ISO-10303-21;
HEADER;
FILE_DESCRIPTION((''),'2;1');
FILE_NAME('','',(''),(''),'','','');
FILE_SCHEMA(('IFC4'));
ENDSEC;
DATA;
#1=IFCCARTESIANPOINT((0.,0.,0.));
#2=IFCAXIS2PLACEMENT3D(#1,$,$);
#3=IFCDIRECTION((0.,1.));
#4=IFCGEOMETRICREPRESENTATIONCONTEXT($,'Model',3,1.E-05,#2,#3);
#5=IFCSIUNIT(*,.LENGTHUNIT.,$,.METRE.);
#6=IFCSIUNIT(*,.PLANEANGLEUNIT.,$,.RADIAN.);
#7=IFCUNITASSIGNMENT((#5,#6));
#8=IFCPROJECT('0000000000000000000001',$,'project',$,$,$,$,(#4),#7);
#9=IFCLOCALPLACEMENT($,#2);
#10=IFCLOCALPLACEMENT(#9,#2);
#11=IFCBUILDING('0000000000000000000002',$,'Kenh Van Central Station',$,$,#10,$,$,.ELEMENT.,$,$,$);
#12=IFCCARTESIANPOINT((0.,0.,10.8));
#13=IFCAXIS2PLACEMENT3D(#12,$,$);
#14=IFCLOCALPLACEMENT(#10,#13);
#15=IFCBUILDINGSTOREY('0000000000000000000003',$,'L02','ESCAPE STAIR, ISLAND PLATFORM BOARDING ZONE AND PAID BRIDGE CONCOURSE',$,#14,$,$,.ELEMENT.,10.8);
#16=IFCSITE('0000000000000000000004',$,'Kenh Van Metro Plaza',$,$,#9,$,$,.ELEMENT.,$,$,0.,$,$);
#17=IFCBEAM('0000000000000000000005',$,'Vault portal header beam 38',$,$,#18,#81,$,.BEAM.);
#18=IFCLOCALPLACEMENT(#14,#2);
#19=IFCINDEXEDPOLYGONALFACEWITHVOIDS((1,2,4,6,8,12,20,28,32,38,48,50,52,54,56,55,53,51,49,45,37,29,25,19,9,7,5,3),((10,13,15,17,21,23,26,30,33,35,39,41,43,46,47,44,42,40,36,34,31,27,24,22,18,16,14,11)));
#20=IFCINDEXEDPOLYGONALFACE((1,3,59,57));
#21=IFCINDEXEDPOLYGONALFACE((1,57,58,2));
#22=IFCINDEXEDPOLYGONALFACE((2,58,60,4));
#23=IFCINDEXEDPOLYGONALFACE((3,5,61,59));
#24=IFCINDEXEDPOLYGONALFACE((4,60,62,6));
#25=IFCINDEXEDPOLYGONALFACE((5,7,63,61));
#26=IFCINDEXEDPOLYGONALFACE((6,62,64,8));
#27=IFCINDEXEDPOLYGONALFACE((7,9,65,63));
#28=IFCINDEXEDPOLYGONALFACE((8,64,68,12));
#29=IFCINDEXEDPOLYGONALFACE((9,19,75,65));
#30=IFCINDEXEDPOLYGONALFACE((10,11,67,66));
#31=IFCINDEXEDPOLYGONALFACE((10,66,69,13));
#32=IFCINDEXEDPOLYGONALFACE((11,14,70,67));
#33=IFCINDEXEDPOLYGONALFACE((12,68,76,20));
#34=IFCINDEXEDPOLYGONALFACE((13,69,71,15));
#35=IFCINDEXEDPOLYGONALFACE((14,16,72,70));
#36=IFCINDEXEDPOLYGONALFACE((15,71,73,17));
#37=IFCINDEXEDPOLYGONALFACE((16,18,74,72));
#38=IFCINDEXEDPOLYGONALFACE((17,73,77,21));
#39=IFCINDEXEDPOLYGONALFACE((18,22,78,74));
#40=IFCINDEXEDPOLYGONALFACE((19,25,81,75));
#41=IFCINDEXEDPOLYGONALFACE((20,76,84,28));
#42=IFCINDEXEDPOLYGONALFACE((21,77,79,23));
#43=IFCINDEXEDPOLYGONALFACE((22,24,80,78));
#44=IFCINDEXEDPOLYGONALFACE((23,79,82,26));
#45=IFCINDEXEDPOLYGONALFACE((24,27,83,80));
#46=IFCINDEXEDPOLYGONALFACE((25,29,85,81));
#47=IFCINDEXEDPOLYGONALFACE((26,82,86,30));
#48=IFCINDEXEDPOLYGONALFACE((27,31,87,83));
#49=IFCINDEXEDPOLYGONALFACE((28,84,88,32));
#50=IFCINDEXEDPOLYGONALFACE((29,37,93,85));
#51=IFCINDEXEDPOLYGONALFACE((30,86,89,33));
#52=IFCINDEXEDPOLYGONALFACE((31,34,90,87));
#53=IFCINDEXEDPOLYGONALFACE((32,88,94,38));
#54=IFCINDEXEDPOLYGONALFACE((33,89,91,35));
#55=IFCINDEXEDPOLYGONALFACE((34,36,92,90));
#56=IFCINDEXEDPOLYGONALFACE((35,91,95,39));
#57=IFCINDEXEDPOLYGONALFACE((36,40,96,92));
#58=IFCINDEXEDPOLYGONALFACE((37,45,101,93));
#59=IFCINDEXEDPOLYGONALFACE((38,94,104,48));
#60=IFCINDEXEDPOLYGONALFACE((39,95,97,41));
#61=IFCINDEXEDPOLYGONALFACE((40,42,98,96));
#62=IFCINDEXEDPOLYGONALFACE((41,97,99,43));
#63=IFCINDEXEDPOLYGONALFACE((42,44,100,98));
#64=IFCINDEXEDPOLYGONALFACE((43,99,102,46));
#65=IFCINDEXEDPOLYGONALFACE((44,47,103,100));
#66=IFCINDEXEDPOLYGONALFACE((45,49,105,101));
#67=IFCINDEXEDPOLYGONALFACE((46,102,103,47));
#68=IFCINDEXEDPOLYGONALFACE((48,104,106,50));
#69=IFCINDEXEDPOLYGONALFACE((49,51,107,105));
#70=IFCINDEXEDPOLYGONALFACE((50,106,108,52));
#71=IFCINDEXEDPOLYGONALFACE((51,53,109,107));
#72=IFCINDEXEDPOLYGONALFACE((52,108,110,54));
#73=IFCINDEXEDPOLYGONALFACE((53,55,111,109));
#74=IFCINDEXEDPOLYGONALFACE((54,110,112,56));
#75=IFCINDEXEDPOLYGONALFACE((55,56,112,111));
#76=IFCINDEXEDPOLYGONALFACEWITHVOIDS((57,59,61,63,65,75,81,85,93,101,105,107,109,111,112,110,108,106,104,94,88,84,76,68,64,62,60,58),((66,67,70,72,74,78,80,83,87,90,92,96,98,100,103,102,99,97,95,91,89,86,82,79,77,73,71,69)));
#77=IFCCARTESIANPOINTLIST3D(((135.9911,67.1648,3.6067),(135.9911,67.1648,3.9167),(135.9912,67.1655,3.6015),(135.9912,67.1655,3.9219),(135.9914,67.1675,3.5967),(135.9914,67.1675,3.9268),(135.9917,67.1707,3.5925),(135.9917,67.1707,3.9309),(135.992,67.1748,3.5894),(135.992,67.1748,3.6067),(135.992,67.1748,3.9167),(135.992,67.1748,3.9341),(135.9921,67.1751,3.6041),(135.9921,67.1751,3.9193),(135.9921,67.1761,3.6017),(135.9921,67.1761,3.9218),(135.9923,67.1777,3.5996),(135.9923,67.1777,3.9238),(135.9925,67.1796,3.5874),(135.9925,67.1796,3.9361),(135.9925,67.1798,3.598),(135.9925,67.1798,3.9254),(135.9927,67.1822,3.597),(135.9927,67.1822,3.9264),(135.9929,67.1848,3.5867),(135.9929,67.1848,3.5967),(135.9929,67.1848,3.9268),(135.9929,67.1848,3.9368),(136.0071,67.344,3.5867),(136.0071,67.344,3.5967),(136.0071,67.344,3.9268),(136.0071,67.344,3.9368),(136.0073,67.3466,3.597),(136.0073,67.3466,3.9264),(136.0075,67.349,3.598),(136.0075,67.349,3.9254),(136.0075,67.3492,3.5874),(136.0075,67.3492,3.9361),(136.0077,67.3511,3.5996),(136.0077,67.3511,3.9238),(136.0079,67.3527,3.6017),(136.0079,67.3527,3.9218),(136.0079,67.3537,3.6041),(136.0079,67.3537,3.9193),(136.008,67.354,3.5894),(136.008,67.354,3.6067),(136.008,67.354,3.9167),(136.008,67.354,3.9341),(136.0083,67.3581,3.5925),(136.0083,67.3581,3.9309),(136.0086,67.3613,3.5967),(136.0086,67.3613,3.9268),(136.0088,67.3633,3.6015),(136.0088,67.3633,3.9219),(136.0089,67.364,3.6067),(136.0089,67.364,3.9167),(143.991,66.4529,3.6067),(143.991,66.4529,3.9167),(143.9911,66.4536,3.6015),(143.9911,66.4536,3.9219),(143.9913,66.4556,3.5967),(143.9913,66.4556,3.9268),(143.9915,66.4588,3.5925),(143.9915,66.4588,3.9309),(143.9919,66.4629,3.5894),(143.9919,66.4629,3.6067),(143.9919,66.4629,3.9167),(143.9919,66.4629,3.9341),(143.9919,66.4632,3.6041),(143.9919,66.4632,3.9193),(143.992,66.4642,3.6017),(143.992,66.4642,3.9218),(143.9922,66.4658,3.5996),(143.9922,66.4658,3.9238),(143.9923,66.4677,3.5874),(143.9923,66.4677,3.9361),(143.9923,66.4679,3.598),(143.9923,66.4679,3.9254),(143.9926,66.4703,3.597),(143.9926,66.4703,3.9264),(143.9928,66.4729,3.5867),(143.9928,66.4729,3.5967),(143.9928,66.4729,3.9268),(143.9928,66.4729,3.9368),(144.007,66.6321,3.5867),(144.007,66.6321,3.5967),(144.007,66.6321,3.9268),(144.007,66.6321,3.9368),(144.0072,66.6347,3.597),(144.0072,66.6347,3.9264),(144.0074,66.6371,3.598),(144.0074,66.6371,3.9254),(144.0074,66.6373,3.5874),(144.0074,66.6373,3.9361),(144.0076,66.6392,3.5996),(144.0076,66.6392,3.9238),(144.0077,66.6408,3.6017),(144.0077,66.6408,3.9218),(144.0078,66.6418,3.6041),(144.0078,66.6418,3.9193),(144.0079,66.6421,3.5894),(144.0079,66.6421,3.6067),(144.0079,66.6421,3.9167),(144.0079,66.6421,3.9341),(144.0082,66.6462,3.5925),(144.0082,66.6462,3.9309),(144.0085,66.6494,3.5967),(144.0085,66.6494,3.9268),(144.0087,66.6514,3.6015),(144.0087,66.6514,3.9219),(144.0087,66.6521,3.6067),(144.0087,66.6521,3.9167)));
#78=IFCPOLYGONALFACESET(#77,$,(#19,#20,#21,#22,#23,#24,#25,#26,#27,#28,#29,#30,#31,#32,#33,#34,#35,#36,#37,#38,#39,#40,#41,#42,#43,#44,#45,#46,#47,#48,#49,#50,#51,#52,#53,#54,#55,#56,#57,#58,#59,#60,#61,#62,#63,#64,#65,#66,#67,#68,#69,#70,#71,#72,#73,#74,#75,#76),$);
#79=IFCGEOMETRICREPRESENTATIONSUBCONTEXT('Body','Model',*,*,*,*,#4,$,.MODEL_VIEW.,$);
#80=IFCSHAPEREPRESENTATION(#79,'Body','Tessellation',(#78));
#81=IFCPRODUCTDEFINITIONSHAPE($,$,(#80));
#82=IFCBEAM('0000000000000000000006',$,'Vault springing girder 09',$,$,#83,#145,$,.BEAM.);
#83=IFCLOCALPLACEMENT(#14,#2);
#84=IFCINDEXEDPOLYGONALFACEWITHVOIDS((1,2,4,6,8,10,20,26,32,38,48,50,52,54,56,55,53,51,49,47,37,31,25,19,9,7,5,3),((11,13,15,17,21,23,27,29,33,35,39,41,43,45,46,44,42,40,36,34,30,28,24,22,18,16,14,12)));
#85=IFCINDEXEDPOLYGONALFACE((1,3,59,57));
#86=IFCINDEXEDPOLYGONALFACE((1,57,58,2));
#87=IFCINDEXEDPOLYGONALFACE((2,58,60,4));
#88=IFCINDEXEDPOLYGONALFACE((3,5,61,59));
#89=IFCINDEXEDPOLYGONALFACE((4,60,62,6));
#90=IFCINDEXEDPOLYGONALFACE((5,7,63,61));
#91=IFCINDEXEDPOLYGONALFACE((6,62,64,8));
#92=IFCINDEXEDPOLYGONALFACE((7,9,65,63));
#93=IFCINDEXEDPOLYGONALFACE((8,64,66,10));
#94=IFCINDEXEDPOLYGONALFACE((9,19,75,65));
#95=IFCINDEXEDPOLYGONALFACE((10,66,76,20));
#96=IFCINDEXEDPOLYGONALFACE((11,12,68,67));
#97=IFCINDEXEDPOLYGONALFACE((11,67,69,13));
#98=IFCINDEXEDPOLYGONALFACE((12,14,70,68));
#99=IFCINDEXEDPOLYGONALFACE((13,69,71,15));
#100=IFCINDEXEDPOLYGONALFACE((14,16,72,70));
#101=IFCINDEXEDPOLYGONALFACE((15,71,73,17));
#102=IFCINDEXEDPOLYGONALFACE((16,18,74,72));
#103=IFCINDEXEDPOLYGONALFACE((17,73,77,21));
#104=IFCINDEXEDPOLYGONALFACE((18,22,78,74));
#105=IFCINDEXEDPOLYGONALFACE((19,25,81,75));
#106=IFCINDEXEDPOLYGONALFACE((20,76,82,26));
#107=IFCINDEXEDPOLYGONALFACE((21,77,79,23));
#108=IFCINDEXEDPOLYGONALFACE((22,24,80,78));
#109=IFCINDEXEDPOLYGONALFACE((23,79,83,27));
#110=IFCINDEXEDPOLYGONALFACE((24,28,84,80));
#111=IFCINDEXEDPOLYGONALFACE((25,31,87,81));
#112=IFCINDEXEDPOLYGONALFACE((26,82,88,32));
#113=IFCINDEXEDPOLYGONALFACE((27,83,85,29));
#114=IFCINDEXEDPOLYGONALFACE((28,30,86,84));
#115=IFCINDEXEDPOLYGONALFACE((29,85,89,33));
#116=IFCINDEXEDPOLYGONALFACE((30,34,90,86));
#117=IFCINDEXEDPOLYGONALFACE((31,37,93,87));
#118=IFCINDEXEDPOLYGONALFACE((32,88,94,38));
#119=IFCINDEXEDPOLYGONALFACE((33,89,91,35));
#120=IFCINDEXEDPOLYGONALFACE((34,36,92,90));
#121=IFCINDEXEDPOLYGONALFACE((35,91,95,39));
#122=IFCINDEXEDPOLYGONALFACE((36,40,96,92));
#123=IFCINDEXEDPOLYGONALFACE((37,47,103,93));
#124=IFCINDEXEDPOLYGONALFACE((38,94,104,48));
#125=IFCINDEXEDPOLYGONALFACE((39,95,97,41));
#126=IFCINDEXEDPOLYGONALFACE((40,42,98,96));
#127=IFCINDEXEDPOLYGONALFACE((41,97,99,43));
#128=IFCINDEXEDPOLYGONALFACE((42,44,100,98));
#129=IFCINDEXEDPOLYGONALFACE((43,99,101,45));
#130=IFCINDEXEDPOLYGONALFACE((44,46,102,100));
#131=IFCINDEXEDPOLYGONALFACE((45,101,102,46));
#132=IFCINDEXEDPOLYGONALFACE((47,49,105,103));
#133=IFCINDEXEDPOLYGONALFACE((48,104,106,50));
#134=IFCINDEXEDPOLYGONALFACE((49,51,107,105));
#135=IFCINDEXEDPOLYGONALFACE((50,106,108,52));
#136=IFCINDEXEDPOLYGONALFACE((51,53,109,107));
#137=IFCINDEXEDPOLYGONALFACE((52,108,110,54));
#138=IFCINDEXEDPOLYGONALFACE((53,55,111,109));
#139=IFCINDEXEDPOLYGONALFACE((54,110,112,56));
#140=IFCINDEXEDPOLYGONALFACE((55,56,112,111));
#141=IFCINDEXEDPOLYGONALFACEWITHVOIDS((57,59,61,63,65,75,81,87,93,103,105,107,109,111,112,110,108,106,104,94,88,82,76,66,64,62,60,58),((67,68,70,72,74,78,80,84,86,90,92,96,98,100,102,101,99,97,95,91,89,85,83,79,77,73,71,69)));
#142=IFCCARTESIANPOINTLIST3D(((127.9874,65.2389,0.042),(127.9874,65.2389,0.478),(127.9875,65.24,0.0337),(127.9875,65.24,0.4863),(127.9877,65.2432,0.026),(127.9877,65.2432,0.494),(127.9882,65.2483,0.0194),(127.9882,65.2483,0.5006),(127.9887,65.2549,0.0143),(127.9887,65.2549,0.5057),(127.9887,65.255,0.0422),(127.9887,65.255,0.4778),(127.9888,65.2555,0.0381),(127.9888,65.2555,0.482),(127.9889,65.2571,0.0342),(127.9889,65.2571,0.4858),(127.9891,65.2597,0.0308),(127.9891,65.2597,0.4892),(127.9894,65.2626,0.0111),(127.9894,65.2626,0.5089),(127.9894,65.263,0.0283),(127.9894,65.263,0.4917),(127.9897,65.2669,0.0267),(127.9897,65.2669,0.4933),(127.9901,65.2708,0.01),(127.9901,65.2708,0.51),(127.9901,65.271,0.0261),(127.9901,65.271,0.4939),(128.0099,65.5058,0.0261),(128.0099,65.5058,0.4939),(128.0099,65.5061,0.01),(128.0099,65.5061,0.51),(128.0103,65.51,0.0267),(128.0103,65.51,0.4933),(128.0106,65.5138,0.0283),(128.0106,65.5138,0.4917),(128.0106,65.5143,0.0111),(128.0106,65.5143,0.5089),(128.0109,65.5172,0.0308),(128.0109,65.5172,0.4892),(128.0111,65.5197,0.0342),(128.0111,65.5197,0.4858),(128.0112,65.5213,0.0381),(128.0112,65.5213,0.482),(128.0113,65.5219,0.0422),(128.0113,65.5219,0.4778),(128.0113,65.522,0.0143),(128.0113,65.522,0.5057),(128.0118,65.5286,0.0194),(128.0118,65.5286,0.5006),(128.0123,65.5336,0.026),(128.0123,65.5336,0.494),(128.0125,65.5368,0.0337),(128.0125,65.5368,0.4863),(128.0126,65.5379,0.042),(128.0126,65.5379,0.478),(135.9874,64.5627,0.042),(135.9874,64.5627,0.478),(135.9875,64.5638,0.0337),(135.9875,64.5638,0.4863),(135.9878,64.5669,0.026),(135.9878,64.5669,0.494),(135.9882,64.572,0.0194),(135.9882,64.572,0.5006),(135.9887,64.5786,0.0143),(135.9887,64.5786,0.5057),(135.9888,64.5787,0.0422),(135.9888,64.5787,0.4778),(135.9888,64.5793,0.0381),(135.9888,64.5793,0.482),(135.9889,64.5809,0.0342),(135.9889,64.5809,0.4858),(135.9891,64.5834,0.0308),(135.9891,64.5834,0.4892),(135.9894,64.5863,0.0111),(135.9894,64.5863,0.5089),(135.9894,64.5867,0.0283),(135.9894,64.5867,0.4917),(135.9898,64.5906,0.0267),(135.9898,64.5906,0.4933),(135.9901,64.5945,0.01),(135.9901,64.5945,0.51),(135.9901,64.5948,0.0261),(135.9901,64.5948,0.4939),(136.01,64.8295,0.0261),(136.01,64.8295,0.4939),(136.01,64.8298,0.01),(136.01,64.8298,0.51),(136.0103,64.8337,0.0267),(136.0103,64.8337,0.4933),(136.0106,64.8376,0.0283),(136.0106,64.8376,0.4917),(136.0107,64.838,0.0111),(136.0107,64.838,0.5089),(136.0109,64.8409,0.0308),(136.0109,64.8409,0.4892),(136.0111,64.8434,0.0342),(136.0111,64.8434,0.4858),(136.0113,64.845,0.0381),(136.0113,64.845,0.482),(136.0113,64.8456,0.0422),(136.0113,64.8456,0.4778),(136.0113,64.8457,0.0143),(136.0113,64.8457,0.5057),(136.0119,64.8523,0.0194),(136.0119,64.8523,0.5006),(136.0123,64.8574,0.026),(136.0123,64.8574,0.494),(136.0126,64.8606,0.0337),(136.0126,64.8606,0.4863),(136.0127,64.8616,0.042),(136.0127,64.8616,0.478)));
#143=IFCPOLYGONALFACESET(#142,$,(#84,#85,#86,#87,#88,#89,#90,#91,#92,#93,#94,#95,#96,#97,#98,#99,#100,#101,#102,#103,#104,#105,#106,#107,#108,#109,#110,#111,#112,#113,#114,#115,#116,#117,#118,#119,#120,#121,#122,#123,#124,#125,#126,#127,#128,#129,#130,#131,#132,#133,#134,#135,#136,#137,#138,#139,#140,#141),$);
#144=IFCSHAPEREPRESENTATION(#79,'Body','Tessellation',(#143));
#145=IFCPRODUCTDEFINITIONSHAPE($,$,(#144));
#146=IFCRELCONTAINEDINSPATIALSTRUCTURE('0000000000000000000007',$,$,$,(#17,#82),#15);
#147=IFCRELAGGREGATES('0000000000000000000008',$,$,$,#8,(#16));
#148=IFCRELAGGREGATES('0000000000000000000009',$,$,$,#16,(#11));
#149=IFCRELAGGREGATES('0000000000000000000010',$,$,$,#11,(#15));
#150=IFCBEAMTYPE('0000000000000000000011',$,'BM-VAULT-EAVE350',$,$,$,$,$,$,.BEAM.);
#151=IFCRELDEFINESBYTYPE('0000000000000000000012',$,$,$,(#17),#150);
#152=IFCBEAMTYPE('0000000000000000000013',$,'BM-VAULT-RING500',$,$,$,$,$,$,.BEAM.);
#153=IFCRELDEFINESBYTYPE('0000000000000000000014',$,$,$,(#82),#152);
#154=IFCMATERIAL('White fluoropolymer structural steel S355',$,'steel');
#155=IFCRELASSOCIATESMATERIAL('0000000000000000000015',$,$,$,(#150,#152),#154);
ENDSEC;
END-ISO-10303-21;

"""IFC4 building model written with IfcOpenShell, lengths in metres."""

from ifc_helpers import new_model, si_unit, direction, frame, origin, origin_2d, place, context, subcontext, project, spatial, hollow_rectangle, extrude, material, material_profile, profile_set, type_object, element, save


model = new_model("IFC4")

# Units and contexts
model_context = context("Model", 3, precision=1e-05, world=origin(), true_north=direction((0.0, 1.0)))
body_context = subcontext(model_context, "Body", "Model", "MODEL_VIEW")
ifc_project = project(units=[si_unit("LENGTHUNIT", "METRE"), si_unit("PLANEANGLEUNIT", "RADIAN")], contexts=[model_context])

# Site, building, storey
site_placement = place(None, origin())
site = spatial("IfcSite", under=ifc_project, at=site_placement, Name="Kenh Van Metro Plaza", CompositionType="ELEMENT", RefElevation=0.0)
building_placement = place(site_placement, origin())
building = spatial("IfcBuilding", under=site, at=building_placement, Name="Kenh Van Central Station", CompositionType="ELEMENT")
storey_placement = place(building_placement, frame((0.0, 0.0, 10.8)))
storey = spatial("IfcBuildingStorey", under=building, at=storey_placement, Name="L02", Description="ESCAPE STAIR, ISLAND PLATFORM BOARDING ZONE AND PAID BRIDGE CONCOURSE", CompositionType="ELEMENT", Elevation=10.8)

# Beams
ifc_material_1 = material(Name="White fluoropolymer structural steel S355", Category="steel")
ifc_material_profile_1 = material_profile(ifc_material_1, hollow_rectangle(XDim=0.2, YDim=0.3501, WallThickness=0.01, InnerFilletRadius=0.01, OuterFilletRadius=0.02, at=origin_2d()), Name="RHS 350x200x10")
ifc_profile_set_1 = profile_set([ifc_material_profile_1], Name="White fluoropolymer structural steel S355")
beam_type_1 = type_object("IfcBeamType", Name="BM-VAULT-EAVE350", PredefinedType="BEAM", material=ifc_profile_set_1)
beam_1_placement = place(storey_placement, frame((136.0, 67.2644, 3.7617), z_axis=(0.996064, -0.088639, 0.0), x_axis=(0.088639, 0.996064, 0.0)))
element("IfcBeam", 1, at=beam_1_placement, inside=storey, type_object=beam_type_1, Name="Vault portal header beam 38", PredefinedType="BEAM", context=body_context, shape_type="SweptSolid", body=[
    extrude(hollow_rectangle(XDim=0.2, YDim=0.3501, WallThickness=0.01, InnerFilletRadius=0.01, OuterFilletRadius=0.02, at=origin_2d()), origin(), (0.0, 0.0, 1.0), 8.0315),
])
ifc_material_profile_2 = material_profile(ifc_material_1, hollow_rectangle(XDim=0.3, YDim=0.5, WallThickness=0.0161, InnerFilletRadius=0.0161, OuterFilletRadius=0.032, at=origin_2d()), Name="RHS 500x300x16")
ifc_profile_set_2 = profile_set([ifc_material_profile_2], Name="White fluoropolymer structural steel S355")
beam_type_2 = type_object("IfcBeamType", Name="BM-VAULT-RING500", PredefinedType="BEAM", material=ifc_profile_set_2)
beam_2_placement = place(storey_placement, frame((128.0, 65.3884, 0.26), z_axis=(0.996446, -0.084233, 0.0), x_axis=(0.084233, 0.996446, 0.0)))
element("IfcBeam", 2, at=beam_2_placement, inside=storey, type_object=beam_type_2, Name="Vault springing girder 09", PredefinedType="BEAM", context=body_context, shape_type="SweptSolid", body=[
    extrude(hollow_rectangle(XDim=0.3, YDim=0.5, WallThickness=0.0161, InnerFilletRadius=0.0161, OuterFilletRadius=0.032, at=origin_2d()), origin(), (0.0, 0.0, 1.0), 8.0286),
])

save(model, "model.ifc")
